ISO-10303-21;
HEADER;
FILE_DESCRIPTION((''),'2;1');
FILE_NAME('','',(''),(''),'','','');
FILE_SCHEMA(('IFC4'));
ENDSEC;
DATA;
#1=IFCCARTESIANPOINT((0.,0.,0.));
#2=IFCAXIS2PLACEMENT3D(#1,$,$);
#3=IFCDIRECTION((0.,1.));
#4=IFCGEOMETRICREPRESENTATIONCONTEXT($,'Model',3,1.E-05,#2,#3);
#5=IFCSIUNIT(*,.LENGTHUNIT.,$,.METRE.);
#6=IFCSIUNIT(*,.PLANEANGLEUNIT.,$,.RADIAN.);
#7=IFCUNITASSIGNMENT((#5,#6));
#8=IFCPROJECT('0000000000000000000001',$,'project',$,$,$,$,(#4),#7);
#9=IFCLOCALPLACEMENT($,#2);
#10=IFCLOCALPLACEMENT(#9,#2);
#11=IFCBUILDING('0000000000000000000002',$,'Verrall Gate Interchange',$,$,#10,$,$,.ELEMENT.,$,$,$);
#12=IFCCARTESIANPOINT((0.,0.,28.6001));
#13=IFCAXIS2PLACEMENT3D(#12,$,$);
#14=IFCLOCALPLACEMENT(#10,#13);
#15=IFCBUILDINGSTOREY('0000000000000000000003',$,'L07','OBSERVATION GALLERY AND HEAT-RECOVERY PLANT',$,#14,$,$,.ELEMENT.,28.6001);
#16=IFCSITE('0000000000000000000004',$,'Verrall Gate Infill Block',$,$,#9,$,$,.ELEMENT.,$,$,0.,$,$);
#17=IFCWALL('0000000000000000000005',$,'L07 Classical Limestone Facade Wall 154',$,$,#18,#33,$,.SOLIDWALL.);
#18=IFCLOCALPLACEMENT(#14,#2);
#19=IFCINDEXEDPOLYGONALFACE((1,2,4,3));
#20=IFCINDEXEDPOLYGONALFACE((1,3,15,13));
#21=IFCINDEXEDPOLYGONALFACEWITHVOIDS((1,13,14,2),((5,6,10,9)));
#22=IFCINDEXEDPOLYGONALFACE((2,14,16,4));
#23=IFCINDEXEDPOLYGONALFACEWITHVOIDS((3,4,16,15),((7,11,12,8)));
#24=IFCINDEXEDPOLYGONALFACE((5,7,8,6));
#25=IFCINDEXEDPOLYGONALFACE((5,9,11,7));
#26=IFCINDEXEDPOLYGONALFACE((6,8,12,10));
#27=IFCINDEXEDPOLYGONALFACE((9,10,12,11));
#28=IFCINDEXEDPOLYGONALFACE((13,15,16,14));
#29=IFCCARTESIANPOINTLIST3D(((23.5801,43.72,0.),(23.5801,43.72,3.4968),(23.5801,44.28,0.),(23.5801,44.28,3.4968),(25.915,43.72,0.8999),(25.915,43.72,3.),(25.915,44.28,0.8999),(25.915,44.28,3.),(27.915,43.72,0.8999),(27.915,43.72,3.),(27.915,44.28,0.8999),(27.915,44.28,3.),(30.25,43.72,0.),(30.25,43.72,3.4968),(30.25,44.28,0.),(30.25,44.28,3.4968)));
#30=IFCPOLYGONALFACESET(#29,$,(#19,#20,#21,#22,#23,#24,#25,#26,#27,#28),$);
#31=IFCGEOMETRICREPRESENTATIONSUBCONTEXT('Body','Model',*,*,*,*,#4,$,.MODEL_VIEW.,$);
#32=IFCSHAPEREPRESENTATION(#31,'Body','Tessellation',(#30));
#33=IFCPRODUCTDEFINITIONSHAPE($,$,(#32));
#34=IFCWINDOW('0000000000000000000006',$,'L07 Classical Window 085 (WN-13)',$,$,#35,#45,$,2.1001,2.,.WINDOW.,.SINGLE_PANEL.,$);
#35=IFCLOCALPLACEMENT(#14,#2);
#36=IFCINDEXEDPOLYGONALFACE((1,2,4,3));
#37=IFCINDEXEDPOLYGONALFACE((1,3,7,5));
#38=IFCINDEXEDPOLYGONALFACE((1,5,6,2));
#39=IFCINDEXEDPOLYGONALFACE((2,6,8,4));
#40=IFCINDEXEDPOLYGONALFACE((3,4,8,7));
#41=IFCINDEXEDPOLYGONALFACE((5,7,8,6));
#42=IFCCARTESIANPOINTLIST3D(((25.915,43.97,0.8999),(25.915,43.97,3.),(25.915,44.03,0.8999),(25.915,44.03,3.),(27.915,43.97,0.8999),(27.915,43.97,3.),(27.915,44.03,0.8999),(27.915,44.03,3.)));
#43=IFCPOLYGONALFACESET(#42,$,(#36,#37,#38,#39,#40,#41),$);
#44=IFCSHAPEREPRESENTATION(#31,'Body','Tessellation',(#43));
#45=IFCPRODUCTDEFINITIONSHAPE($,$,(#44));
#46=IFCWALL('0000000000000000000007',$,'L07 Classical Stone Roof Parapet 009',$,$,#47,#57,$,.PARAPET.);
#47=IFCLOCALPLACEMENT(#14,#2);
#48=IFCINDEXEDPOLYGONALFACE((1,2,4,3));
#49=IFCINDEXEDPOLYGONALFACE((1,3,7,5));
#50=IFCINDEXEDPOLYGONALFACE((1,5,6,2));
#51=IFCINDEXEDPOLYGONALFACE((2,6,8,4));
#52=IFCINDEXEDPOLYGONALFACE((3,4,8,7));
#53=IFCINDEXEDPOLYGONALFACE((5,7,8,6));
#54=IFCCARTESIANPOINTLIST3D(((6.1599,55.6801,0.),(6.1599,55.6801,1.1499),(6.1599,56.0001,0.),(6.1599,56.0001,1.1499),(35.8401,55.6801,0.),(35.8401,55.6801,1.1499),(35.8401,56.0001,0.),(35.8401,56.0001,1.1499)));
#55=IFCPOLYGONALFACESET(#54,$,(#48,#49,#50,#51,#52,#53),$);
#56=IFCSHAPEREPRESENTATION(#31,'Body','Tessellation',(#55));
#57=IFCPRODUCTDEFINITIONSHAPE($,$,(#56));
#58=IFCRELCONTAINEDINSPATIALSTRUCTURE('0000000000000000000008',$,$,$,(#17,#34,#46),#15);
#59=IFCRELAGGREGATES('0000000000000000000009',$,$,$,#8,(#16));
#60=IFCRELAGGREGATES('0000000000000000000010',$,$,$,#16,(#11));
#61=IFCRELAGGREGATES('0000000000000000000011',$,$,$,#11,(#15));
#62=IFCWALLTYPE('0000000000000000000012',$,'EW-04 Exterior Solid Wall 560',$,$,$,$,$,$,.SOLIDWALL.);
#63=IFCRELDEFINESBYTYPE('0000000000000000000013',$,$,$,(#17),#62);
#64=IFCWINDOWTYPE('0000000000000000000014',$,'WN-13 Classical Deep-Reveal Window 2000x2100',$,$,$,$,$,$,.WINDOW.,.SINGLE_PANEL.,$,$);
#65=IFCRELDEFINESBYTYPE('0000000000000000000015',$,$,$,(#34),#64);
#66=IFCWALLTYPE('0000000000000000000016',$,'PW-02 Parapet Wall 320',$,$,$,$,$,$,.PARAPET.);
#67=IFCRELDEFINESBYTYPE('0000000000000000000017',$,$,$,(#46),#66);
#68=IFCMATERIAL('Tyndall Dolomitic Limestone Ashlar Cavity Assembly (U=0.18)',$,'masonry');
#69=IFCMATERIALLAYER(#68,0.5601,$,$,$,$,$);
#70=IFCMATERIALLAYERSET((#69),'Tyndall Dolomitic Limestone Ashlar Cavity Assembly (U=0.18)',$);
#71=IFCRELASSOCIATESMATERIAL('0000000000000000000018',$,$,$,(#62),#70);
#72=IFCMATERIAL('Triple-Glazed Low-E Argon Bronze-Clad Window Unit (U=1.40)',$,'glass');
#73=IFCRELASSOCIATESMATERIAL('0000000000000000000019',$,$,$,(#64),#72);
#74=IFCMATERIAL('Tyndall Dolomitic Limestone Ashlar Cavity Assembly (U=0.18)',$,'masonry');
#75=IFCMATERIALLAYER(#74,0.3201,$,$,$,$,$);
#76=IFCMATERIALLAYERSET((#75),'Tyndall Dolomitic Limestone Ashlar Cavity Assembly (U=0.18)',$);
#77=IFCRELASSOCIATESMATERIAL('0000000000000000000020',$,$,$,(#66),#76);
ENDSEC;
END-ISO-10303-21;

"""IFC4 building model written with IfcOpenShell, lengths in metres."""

from ifc_helpers import new_model, si_unit, direction, frame, frame_2d, origin, place, context, subcontext, project, spatial, rectangle, extrude, material, layer, layer_set, type_object, element, fill, save


model = new_model("IFC4")

# Units and contexts
model_context = context("Model", 3, precision=1e-05, world=origin(), true_north=direction((0.0, 1.0)))
body_context = subcontext(model_context, "Body", "Model", "MODEL_VIEW")
ifc_project = project(units=[si_unit("LENGTHUNIT", "METRE"), si_unit("PLANEANGLEUNIT", "RADIAN")], contexts=[model_context])

# Site, building, storey
site_placement = place(None, origin())
site = spatial("IfcSite", under=ifc_project, at=site_placement, Name="Verrall Gate Infill Block", CompositionType="ELEMENT", RefElevation=0.0)
building_placement = place(site_placement, origin())
building = spatial("IfcBuilding", under=site, at=building_placement, Name="Verrall Gate Interchange", CompositionType="ELEMENT")
storey_placement = place(building_placement, frame((0.0, 0.0, 28.6001)))
storey = spatial("IfcBuildingStorey", under=building, at=storey_placement, Name="L07", Description="OBSERVATION GALLERY AND HEAT-RECOVERY PLANT", CompositionType="ELEMENT", Elevation=28.6001)

# Wall, opening, window
ifc_material_1 = material(Name="Tyndall Dolomitic Limestone Ashlar Cavity Assembly (U=0.18)", Category="masonry")
ifc_layer_1 = layer(ifc_material_1, 0.5601)
ifc_layer_set_1 = layer_set([ifc_layer_1], Name="Tyndall Dolomitic Limestone Ashlar Cavity Assembly (U=0.18)")
wall_type_1 = type_object("IfcWallType", Name="EW-04 Exterior Solid Wall 560", PredefinedType="SOLIDWALL", material=ifc_layer_set_1)
wall_1_placement = place(storey_placement, frame((30.25, 44.0, 0.0), z_axis=(0.0, 0.0, 1.0), x_axis=(-1.0, 0.0, 0.0)))
wall_1 = element("IfcWall", 1, at=wall_1_placement, inside=storey, type_object=wall_type_1, Name="L07 Classical Limestone Facade Wall 154", PredefinedType="SOLIDWALL", context=body_context, shape_type="SweptSolid", body=[
    extrude(rectangle(XDim=6.6699, YDim=0.5601, at=frame_2d((3.335, 0.0))), origin(), (0.0, 0.0, 1.0), 3.4968),
])
opening_placement = place(wall_1_placement, frame((2.335, 0.0, 0.8999)))
opening = element("IfcOpeningElement", 2, at=opening_placement, cuts=wall_1, PredefinedType="OPENING", context=body_context, shape_type="SweptSolid", body=[
    extrude(rectangle(XDim=2.0, YDim=2.1001, at=frame_2d((1.0, 1.05))), frame((0.0, 0.2949, 0.0), z_axis=(0.0, -1.0, 0.0), x_axis=(1.0, 0.0, 0.0)), (0.0, 0.0, 1.0), 0.5898),
])
ifc_material_2 = material(Name="Triple-Glazed Low-E Argon Bronze-Clad Window Unit (U=1.40)", Category="glass")
window_type = type_object("IfcWindowType", Name="WN-13 Classical Deep-Reveal Window 2000x2100", PartitioningType="SINGLE_PANEL", PredefinedType="WINDOW", material=ifc_material_2)
window_placement = place(opening_placement, origin())
window = element("IfcWindow", 3, at=window_placement, inside=storey, type_object=window_type, Name="L07 Classical Window 085 (WN-13)", OverallHeight=2.1001, OverallWidth=2.0, PartitioningType="SINGLE_PANEL", PredefinedType="WINDOW", context=body_context, shape_type="SweptSolid", body=[
    extrude(rectangle(XDim=2.0, YDim=2.1001, at=frame_2d((1.0, 1.05))), frame((0.0, 0.03, 0.0), z_axis=(0.0, -1.0, 0.0), x_axis=(1.0, 0.0, 0.0)), (0.0, 0.0, 1.0), 0.0601),
])
fill(opening, window)

# Wall
ifc_material_3 = material(Name="Tyndall Dolomitic Limestone Ashlar Cavity Assembly (U=0.18)", Category="masonry")
ifc_layer_2 = layer(ifc_material_3, 0.3201)
ifc_layer_set_2 = layer_set([ifc_layer_2], Name="Tyndall Dolomitic Limestone Ashlar Cavity Assembly (U=0.18)")
wall_type_2 = type_object("IfcWallType", Name="PW-02 Parapet Wall 320", PredefinedType="PARAPET", material=ifc_layer_set_2)
wall_2_placement = place(storey_placement, frame((35.8401, 55.8401, 0.0), z_axis=(0.0, 0.0, 1.0), x_axis=(-1.0, 0.0, 0.0)))
element("IfcWall", 4, at=wall_2_placement, inside=storey, type_object=wall_type_2, Name="L07 Classical Stone Roof Parapet 009", PredefinedType="PARAPET", context=body_context, shape_type="SweptSolid", body=[
    extrude(rectangle(XDim=29.6802, YDim=0.3201, at=frame_2d((14.8401, 0.0))), origin(), (0.0, 0.0, 1.0), 1.1499),
])

save(model, "model.ifc")
